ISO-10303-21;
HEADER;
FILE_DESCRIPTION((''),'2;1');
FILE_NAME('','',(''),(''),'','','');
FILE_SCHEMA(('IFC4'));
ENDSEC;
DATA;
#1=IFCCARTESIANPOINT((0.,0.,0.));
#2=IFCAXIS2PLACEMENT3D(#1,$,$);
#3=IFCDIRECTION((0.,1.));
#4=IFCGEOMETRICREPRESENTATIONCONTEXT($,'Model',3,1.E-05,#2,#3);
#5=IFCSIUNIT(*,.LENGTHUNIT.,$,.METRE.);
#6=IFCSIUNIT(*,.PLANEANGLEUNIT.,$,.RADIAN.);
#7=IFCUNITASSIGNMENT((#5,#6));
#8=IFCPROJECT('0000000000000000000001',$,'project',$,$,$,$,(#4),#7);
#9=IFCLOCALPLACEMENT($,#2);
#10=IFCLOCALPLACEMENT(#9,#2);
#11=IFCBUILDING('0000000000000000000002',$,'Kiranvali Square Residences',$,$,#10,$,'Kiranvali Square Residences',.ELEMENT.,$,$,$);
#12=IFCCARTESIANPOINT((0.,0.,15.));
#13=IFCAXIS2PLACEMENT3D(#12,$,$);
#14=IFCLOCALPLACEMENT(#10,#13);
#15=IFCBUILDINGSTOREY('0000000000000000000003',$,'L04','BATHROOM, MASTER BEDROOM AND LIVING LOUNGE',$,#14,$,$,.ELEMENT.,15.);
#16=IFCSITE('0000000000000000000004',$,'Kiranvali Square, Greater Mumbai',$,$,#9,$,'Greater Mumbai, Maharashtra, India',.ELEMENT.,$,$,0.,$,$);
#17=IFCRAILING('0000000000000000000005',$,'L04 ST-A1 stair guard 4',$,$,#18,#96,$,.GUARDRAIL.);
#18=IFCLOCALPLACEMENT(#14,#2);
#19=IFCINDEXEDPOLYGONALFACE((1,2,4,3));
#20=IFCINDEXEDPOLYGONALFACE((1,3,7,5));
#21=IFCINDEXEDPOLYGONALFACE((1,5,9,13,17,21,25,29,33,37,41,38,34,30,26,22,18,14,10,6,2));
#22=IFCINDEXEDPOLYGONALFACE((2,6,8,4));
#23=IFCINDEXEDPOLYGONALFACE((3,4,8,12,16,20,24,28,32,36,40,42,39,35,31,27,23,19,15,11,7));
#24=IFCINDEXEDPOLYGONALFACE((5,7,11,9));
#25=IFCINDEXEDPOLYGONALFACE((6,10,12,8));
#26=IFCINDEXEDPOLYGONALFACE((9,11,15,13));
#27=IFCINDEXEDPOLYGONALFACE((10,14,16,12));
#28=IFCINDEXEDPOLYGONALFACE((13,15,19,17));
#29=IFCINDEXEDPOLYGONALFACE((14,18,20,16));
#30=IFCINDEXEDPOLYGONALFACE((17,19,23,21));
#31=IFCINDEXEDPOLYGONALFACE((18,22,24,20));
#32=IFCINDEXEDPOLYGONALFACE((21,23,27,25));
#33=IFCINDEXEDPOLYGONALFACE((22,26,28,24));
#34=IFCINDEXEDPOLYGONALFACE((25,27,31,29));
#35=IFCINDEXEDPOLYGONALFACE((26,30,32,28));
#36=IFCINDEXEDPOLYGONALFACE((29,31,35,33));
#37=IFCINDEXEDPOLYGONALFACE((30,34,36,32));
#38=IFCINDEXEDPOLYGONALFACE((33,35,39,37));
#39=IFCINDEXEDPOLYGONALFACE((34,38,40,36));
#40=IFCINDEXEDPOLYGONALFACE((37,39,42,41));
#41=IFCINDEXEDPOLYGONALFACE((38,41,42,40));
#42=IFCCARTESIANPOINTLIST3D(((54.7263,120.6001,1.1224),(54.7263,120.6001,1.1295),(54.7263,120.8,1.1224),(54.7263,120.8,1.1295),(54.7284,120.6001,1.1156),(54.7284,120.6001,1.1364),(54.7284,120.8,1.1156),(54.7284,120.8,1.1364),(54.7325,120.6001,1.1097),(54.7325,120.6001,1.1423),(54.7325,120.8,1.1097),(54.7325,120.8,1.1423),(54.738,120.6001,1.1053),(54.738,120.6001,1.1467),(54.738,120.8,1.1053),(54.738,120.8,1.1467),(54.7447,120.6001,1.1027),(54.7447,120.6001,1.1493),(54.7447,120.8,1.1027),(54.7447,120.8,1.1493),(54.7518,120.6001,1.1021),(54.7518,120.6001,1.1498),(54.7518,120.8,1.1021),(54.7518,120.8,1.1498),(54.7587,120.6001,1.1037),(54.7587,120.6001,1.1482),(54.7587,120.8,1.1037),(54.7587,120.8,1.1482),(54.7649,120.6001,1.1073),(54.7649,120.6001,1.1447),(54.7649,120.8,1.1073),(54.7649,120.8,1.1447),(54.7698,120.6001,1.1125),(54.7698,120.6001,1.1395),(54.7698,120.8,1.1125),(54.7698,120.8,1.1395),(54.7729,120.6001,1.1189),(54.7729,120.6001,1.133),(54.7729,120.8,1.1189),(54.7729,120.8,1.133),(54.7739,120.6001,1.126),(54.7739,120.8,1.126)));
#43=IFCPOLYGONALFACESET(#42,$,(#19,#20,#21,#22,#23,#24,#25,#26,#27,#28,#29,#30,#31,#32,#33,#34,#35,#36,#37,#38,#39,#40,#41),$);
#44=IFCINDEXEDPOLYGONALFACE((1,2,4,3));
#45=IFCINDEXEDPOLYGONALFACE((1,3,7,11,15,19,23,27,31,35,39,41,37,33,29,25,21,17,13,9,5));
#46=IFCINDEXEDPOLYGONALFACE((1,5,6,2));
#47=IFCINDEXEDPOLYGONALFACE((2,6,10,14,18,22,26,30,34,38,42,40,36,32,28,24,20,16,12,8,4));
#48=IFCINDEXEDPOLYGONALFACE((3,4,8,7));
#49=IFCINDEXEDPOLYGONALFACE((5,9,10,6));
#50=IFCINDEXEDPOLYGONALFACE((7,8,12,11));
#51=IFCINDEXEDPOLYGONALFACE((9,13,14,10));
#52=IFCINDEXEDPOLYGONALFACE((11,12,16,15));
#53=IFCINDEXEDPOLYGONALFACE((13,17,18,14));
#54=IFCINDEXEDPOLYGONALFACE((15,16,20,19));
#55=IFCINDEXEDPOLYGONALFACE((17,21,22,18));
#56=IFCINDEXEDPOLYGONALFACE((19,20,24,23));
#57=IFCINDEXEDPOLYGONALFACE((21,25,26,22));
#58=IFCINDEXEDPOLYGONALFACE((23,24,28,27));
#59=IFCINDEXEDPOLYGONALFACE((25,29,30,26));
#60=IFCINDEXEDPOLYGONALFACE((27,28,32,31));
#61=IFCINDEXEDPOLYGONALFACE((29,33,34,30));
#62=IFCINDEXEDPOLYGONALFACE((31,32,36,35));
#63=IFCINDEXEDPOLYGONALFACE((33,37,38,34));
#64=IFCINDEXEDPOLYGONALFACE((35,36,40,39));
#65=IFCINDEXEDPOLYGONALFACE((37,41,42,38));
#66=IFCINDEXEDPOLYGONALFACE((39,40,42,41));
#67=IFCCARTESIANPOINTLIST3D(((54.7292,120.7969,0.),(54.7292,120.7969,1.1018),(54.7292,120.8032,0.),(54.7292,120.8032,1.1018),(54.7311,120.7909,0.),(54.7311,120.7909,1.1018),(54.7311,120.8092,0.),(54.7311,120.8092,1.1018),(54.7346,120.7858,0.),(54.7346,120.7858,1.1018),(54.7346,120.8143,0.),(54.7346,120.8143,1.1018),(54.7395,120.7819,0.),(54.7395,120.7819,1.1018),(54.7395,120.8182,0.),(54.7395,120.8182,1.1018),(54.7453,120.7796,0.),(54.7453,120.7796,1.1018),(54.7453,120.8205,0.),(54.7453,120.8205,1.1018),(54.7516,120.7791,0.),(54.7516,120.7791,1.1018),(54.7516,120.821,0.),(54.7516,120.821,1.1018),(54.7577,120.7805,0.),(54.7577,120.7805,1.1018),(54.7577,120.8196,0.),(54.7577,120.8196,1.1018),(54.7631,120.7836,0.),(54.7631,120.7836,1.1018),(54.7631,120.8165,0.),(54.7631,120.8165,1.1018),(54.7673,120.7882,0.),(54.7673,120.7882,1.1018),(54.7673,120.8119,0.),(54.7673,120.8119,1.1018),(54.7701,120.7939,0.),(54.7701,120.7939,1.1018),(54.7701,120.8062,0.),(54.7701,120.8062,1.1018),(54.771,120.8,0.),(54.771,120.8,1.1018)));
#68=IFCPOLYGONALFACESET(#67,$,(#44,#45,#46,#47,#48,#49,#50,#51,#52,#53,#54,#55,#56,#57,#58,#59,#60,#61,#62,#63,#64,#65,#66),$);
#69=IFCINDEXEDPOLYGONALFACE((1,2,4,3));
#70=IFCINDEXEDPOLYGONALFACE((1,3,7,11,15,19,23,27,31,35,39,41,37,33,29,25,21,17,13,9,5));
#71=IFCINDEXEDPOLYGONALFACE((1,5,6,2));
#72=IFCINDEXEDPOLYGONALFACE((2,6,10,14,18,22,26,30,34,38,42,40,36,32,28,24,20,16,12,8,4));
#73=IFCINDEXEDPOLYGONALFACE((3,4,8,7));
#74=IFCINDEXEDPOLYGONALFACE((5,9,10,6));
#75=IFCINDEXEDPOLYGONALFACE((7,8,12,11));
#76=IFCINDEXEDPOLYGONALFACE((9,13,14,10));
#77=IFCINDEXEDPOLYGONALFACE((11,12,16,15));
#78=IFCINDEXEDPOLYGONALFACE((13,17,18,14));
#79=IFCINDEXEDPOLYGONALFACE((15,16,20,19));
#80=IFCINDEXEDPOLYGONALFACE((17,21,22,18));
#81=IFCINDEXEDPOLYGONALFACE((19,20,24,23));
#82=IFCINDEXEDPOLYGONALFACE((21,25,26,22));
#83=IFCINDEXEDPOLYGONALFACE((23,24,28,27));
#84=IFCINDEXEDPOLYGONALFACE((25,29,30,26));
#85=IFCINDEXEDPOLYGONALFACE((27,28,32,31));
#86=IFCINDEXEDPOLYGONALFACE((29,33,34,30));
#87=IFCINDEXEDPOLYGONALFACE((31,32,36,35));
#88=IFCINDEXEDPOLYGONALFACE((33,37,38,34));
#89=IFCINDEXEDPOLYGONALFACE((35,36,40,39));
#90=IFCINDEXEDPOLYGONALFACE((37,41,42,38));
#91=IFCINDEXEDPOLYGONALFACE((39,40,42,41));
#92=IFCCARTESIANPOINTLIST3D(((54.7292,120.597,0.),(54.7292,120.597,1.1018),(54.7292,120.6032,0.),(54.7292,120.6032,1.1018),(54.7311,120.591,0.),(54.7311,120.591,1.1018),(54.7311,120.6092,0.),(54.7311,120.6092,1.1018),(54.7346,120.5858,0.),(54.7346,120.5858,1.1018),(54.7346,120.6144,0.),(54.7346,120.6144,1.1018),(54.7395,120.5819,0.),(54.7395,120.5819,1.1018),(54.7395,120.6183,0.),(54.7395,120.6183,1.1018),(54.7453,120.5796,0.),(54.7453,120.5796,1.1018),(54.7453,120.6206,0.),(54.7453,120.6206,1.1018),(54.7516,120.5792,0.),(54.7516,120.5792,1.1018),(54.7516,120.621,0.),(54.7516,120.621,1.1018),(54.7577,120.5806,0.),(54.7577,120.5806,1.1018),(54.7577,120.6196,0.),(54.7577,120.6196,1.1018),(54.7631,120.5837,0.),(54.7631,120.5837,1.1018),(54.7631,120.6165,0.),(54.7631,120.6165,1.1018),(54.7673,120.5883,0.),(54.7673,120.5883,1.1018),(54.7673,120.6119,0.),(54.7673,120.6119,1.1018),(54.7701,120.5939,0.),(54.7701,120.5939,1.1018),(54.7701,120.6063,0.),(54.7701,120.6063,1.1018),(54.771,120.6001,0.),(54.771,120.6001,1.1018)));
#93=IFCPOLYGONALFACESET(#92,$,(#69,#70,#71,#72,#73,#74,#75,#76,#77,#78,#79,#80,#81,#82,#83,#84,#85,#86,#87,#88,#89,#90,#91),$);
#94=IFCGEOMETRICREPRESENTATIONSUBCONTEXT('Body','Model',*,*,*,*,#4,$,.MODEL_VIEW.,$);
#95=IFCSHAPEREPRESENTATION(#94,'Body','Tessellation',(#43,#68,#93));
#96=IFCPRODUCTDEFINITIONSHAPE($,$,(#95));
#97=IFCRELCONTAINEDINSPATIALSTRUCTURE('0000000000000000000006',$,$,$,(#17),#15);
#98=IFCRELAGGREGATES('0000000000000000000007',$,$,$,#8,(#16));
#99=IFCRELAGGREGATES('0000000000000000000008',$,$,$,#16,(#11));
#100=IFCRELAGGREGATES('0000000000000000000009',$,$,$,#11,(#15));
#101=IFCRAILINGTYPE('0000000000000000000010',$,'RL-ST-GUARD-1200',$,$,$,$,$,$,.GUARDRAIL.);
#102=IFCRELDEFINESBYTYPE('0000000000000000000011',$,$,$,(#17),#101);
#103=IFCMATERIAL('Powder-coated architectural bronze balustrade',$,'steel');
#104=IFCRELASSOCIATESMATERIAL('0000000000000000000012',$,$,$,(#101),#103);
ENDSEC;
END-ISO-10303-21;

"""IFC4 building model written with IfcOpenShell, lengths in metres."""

from ifc_helpers import new_model, si_unit, direction, frame, origin, origin_2d, place, context, subcontext, project, spatial, circle, extrude, material, type_object, element, save


model = new_model("IFC4")

# Units and contexts
model_context = context("Model", 3, precision=1e-05, world=origin(), true_north=direction((0.0, 1.0)))
body_context = subcontext(model_context, "Body", "Model", "MODEL_VIEW")
ifc_project = project(units=[si_unit("LENGTHUNIT", "METRE"), si_unit("PLANEANGLEUNIT", "RADIAN")], contexts=[model_context])

# Site, building, storey
site_placement = place(None, origin())
site = spatial("IfcSite", under=ifc_project, at=site_placement, Name="Kiranvali Square, Greater Mumbai", LongName="Greater Mumbai, Maharashtra, India", CompositionType="ELEMENT", RefElevation=0.0)
building_placement = place(site_placement, origin())
building = spatial("IfcBuilding", under=site, at=building_placement, Name="Kiranvali Square Residences", LongName="Kiranvali Square Residences", CompositionType="ELEMENT")
storey_placement = place(building_placement, frame((0.0, 0.0, 15.0)))
storey = spatial("IfcBuildingStorey", under=building, at=storey_placement, Name="L04", Description="BATHROOM, MASTER BEDROOM AND LIVING LOUNGE", CompositionType="ELEMENT", Elevation=15.0)

# Railing
ifc_material_1 = material(Name="Powder-coated architectural bronze balustrade", Category="steel")
railing_type_1 = type_object("IfcRailingType", Name="RL-ST-GUARD-1200", PredefinedType="GUARDRAIL", material=ifc_material_1)
railing_1_placement = place(storey_placement, frame((54.75, 120.8, 0.0)))
element("IfcRailing", 1, at=railing_1_placement, inside=storey, type_object=railing_type_1, Name="L04 ST-A1 stair guard 4", PredefinedType="GUARDRAIL", context=body_context, shape_type="SweptSolid", body=[
    extrude(circle(Radius=0.0239, at=origin_2d()), frame((0.0, 0.0, 1.126), z_axis=(0.0, -1.0, 0.0), x_axis=(1.0, 0.0, 0.0)), (0.0, 0.0, 1.0), 0.2),
    extrude(circle(Radius=0.021, at=origin_2d()), origin(), (0.0, 0.0, 1.0), 1.1018),
    extrude(circle(Radius=0.021, at=origin_2d()), frame((0.0, -0.2, 0.0)), (0.0, 0.0, 1.0), 1.1018),
])

save(model, "model.ifc")
